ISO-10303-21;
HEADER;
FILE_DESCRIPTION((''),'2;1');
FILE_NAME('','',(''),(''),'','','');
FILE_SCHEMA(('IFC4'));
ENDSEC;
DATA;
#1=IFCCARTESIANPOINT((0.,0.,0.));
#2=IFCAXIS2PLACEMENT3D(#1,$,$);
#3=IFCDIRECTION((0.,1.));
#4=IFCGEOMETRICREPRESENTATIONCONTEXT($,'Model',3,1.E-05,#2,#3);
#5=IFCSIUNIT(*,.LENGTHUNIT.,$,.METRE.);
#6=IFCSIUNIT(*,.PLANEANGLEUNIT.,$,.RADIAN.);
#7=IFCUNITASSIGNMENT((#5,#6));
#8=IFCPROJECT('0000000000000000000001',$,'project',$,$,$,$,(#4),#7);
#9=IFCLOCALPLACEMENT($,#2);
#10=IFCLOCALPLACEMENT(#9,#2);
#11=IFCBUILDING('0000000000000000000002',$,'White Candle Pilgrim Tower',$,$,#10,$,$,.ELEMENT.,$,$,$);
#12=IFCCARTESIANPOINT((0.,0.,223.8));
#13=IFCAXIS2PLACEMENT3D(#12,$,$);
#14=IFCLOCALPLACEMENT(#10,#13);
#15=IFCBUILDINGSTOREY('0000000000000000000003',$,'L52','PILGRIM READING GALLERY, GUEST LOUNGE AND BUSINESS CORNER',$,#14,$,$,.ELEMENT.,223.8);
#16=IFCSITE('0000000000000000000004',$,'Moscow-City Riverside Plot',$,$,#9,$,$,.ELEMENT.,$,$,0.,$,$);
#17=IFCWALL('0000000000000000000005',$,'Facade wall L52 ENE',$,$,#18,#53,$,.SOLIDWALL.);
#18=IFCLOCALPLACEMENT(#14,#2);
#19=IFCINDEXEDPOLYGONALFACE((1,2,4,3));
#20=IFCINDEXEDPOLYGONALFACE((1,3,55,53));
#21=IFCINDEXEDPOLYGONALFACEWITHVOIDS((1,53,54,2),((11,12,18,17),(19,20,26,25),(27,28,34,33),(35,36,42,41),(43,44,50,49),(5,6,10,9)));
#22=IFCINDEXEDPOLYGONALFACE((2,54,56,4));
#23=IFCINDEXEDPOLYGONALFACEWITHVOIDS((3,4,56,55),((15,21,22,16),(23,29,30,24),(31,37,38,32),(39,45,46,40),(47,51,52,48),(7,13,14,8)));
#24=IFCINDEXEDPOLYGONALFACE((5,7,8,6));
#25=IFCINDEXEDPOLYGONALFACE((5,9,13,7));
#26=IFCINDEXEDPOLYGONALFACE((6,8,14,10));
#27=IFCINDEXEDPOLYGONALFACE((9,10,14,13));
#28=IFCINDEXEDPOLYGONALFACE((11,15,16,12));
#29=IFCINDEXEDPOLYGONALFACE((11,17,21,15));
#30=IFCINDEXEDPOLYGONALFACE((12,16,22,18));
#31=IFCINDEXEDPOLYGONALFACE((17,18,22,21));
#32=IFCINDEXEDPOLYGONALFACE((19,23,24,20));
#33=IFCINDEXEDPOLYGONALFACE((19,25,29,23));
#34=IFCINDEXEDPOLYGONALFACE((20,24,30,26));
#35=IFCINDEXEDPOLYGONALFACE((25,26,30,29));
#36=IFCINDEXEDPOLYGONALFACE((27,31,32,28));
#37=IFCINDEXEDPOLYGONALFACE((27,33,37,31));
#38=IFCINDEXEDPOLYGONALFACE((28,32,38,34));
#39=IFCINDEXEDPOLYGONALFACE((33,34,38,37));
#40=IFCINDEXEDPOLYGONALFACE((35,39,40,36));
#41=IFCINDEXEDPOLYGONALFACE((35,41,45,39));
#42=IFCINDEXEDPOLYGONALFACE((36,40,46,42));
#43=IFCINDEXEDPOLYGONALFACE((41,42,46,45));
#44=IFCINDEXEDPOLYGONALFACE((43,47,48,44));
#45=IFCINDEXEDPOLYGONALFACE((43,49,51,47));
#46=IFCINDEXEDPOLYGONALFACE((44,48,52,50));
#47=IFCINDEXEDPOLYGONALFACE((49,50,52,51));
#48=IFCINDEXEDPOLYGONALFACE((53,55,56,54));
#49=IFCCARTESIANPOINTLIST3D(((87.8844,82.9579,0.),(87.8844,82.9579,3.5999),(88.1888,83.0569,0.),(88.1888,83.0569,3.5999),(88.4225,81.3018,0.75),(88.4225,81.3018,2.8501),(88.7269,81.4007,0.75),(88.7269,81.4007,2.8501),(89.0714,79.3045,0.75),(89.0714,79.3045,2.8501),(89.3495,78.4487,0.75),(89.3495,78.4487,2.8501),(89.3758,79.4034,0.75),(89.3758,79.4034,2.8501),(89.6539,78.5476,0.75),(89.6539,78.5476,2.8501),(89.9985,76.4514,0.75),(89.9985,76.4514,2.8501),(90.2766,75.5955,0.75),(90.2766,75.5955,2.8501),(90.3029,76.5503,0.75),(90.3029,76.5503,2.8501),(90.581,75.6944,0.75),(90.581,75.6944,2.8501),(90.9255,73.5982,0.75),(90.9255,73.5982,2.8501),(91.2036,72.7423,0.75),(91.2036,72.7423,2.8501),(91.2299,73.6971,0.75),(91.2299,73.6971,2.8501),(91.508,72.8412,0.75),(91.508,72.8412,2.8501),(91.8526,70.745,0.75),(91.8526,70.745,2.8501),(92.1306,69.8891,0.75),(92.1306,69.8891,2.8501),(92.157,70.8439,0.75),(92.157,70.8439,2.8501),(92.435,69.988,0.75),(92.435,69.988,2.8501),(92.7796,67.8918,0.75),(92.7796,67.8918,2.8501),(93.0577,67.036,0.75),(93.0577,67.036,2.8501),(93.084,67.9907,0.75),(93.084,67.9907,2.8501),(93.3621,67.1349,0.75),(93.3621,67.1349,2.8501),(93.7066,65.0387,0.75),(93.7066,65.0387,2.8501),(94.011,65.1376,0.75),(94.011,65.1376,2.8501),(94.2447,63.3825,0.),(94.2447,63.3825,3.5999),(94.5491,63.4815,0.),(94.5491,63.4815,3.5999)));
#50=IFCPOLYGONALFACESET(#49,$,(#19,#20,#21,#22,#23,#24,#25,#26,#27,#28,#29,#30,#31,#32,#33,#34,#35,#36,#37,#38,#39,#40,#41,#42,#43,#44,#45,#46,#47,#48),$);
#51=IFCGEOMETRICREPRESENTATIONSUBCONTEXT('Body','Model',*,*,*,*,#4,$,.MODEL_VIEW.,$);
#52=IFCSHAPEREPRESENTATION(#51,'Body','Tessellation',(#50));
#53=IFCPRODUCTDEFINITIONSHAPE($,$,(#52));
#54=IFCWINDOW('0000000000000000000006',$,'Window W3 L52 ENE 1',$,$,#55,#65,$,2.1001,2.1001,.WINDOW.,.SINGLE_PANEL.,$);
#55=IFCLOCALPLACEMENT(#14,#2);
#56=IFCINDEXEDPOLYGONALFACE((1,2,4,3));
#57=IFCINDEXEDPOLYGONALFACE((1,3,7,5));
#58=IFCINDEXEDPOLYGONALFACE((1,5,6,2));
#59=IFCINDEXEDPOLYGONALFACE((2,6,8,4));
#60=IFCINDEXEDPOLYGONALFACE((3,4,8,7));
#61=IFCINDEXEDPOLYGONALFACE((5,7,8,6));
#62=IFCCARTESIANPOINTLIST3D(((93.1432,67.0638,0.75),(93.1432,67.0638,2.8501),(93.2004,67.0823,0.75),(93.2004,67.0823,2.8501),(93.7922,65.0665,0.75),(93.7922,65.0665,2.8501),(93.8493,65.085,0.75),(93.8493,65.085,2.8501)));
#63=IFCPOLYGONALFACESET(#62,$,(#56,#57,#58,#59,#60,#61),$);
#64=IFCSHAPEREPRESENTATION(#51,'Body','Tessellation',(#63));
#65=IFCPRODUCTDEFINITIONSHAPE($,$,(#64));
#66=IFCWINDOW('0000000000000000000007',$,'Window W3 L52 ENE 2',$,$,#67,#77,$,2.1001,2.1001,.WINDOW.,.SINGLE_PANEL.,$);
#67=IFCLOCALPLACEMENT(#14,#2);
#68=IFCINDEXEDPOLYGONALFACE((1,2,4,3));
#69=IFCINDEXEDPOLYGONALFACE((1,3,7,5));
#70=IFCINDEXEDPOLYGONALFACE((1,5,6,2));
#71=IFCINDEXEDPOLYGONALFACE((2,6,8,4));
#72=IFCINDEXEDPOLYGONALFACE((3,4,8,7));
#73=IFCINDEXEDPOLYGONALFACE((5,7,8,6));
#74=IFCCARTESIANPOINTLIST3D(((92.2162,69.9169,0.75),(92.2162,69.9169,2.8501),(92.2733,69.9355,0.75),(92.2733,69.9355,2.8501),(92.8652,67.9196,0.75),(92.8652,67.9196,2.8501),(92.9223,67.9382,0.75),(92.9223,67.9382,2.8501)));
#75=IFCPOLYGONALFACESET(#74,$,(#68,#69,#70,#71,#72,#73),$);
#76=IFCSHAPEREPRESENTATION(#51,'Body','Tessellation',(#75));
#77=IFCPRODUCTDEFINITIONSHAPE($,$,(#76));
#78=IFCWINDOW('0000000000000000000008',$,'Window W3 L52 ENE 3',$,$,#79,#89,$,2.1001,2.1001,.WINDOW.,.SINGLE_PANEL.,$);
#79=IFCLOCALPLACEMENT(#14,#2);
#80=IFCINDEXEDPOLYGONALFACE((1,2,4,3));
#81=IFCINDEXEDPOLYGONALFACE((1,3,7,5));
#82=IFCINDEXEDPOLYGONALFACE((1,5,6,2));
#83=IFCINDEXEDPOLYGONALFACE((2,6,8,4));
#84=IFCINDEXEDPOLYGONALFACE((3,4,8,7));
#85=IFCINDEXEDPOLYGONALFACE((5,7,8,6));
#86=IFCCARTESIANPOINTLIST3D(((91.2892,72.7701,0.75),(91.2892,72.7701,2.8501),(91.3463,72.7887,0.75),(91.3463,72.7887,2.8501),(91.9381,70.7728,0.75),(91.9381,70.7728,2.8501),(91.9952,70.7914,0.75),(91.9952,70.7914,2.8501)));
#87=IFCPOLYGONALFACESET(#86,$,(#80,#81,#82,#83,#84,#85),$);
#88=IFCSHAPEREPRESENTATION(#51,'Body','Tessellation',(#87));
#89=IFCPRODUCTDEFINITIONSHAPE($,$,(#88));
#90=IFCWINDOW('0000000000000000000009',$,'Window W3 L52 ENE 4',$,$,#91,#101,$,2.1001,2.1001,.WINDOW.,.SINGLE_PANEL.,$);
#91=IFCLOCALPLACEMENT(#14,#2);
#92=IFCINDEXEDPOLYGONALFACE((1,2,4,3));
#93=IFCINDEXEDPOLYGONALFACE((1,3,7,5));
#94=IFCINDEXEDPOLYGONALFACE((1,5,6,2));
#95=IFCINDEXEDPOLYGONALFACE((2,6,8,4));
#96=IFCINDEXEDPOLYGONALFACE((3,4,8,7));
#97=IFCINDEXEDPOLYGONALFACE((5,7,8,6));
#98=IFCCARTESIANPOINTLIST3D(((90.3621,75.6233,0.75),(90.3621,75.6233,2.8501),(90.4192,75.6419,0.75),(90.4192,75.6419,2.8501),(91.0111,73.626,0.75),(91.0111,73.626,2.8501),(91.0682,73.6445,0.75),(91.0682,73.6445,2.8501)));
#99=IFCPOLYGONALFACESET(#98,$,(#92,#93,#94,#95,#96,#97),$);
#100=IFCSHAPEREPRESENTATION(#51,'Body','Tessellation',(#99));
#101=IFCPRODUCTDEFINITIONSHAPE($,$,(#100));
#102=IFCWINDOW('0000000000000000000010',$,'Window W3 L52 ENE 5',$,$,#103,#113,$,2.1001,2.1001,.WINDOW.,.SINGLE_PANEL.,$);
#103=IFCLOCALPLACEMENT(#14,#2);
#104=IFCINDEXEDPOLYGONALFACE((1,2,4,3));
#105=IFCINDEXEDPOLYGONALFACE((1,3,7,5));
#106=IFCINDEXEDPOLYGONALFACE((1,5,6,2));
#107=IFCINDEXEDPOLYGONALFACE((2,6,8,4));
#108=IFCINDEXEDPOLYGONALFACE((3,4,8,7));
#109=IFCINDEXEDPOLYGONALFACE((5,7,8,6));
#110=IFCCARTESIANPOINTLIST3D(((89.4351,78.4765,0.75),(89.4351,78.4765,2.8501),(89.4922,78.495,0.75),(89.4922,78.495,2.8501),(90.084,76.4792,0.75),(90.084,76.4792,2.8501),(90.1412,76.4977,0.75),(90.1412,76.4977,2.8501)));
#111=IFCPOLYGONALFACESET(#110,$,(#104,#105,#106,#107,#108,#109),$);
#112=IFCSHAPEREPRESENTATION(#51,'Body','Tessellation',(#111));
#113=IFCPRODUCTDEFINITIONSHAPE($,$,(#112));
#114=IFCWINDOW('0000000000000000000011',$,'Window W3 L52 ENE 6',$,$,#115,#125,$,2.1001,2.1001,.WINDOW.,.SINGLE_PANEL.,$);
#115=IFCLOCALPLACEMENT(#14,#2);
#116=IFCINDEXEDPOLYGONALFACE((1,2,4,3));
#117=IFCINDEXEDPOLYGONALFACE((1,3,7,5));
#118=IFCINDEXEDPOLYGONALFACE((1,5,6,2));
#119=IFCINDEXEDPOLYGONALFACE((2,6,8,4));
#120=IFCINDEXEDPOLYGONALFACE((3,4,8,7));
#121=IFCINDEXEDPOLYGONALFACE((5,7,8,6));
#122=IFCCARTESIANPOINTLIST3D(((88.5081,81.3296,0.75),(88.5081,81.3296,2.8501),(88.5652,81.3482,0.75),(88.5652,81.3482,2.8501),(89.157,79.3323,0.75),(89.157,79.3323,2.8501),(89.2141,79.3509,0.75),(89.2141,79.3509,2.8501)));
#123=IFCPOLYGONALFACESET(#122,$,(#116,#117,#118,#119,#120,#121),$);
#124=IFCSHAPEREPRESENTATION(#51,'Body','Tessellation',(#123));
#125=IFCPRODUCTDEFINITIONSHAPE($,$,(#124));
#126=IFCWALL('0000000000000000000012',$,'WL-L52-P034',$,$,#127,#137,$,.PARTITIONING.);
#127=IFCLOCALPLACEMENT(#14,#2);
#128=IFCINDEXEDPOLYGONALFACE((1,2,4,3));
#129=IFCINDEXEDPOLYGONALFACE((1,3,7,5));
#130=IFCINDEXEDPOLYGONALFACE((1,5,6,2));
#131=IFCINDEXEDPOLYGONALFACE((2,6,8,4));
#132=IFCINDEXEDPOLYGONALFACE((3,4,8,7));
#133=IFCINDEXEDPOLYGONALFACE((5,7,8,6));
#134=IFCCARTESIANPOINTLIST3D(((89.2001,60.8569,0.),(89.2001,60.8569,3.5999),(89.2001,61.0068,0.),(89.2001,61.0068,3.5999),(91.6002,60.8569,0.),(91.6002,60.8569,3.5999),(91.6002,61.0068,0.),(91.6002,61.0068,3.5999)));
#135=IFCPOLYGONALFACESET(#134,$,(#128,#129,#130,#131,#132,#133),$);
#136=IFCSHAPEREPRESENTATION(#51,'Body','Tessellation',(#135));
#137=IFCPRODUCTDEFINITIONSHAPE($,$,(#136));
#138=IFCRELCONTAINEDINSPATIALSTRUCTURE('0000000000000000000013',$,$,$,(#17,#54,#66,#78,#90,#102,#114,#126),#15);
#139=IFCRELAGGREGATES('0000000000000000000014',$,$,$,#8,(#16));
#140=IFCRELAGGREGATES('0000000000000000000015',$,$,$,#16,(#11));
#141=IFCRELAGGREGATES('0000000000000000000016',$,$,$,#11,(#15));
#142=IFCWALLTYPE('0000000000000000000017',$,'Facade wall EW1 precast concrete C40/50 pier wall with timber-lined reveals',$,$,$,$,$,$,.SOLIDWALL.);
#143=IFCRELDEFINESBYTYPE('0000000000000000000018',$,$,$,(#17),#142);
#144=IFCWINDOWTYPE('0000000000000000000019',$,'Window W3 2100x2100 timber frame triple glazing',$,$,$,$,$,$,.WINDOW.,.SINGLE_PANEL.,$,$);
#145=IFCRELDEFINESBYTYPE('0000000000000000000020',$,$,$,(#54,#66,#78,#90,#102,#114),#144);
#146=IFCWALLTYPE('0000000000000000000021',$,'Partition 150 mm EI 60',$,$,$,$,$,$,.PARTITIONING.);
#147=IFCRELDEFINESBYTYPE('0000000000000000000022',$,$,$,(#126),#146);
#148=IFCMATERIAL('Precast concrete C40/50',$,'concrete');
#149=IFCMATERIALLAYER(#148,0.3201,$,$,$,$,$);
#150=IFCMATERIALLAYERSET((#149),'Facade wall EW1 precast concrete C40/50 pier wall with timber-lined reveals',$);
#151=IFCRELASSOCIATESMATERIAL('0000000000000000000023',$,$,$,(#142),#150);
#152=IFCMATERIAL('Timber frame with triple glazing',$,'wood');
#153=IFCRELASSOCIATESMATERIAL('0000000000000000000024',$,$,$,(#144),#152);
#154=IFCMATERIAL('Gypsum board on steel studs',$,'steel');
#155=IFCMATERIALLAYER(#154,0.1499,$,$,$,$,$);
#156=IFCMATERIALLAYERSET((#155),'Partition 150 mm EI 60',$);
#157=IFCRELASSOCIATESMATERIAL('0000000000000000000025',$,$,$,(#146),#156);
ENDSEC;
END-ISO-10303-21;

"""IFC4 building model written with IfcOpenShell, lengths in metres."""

from ifc_helpers import new_model, si_unit, direction, frame, frame_2d, origin, place, context, subcontext, project, spatial, rectangle, extrude, material, layer, layer_set, type_object, element, fill, save


model = new_model("IFC4")

# Units and contexts
model_context = context("Model", 3, precision=1e-05, world=origin(), true_north=direction((0.0, 1.0)))
body_context = subcontext(model_context, "Body", "Model", "MODEL_VIEW")
ifc_project = project(units=[si_unit("LENGTHUNIT", "METRE"), si_unit("PLANEANGLEUNIT", "RADIAN")], contexts=[model_context])

# Site, building, storey
site_placement = place(None, origin())
site = spatial("IfcSite", under=ifc_project, at=site_placement, Name="Moscow-City Riverside Plot", CompositionType="ELEMENT", RefElevation=0.0)
building_placement = place(site_placement, origin())
building = spatial("IfcBuilding", under=site, at=building_placement, Name="White Candle Pilgrim Tower", CompositionType="ELEMENT")
storey_placement = place(building_placement, frame((0.0, 0.0, 223.8)))
storey = spatial("IfcBuildingStorey", under=building, at=storey_placement, Name="L52", Description="PILGRIM READING GALLERY, GUEST LOUNGE AND BUSINESS CORNER", CompositionType="ELEMENT", Elevation=223.8)

# Shared definitions
ifc_material_1 = material(Name="Gypsum board on steel studs", Category="steel")

# Wall, openings, windows
ifc_material_2 = material(Name="Precast concrete C40/50", Category="concrete")
ifc_layer_1 = layer(ifc_material_2, 0.3201)
ifc_layer_set_1 = layer_set([ifc_layer_1], Name="Facade wall EW1 precast concrete C40/50 pier wall with timber-lined reveals")
wall_type_1 = type_object("IfcWallType", Name="Facade wall EW1 precast concrete C40/50 pier wall with timber-lined reveals", PredefinedType="SOLIDWALL", material=ifc_layer_set_1)
wall_1_placement = place(storey_placement, frame((94.397, 63.4319, 0.0), z_axis=(0.0, 0.0, 1.0), x_axis=(-0.309013, 0.951058, 0.0)))
wall_1 = element("IfcWall", 1, at=wall_1_placement, inside=storey, type_object=wall_type_1, Name="Facade wall L52 ENE", PredefinedType="SOLIDWALL", context=body_context, shape_type="SweptSolid", body=[
    extrude(rectangle(XDim=20.5828, YDim=0.3201, at=frame_2d((10.2915, 0.0))), origin(), (0.0, 0.0, 1.0), 3.5999),
])
opening_1_placement = place(wall_1_placement, frame((1.7415, 0.0, 0.75)))
opening_1 = element("IfcOpeningElement", 2, at=opening_1_placement, cuts=wall_1, PredefinedType="OPENING", context=body_context, shape_type="SweptSolid", body=[
    extrude(rectangle(XDim=2.1001, YDim=2.1001, at=frame_2d((1.05, 1.05))), frame((0.0, 0.1699, 0.0), z_axis=(0.0, -1.0, 0.0), x_axis=(1.0, 0.0, 0.0)), (0.0, 0.0, 1.0), 0.3401),
])
opening_2_placement = place(wall_1_placement, frame((4.7415, 0.0, 0.75)))
opening_2 = element("IfcOpeningElement", 3, at=opening_2_placement, cuts=wall_1, PredefinedType="OPENING", context=body_context, shape_type="SweptSolid", body=[
    extrude(rectangle(XDim=2.1001, YDim=2.1001, at=frame_2d((1.05, 1.05))), frame((0.0, 0.1699, 0.0), z_axis=(0.0, -1.0, 0.0), x_axis=(1.0, 0.0, 0.0)), (0.0, 0.0, 1.0), 0.3401),
])
opening_3_placement = place(wall_1_placement, frame((7.7415, 0.0, 0.75)))
opening_3 = element("IfcOpeningElement", 4, at=opening_3_placement, cuts=wall_1, PredefinedType="OPENING", context=body_context, shape_type="SweptSolid", body=[
    extrude(rectangle(XDim=2.1001, YDim=2.1001, at=frame_2d((1.05, 1.05))), frame((0.0, 0.1699, 0.0), z_axis=(0.0, -1.0, 0.0), x_axis=(1.0, 0.0, 0.0)), (0.0, 0.0, 1.0), 0.3401),
])
opening_4_placement = place(wall_1_placement, frame((10.7415, 0.0, 0.75)))
opening_4 = element("IfcOpeningElement", 5, at=opening_4_placement, cuts=wall_1, PredefinedType="OPENING", context=body_context, shape_type="SweptSolid", body=[
    extrude(rectangle(XDim=2.1001, YDim=2.1001, at=frame_2d((1.05, 1.05))), frame((0.0, 0.1699, 0.0), z_axis=(0.0, -1.0, 0.0), x_axis=(1.0, 0.0, 0.0)), (0.0, 0.0, 1.0), 0.3401),
])
opening_5_placement = place(wall_1_placement, frame((13.7415, 0.0, 0.75)))
opening_5 = element("IfcOpeningElement", 6, at=opening_5_placement, cuts=wall_1, PredefinedType="OPENING", context=body_context, shape_type="SweptSolid", body=[
    extrude(rectangle(XDim=2.1001, YDim=2.1001, at=frame_2d((1.05, 1.05))), frame((0.0, 0.1699, 0.0), z_axis=(0.0, -1.0, 0.0), x_axis=(1.0, 0.0, 0.0)), (0.0, 0.0, 1.0), 0.3401),
])
opening_6_placement = place(wall_1_placement, frame((16.7415, 0.0, 0.75)))
opening_6 = element("IfcOpeningElement", 7, at=opening_6_placement, cuts=wall_1, PredefinedType="OPENING", context=body_context, shape_type="SweptSolid", body=[
    extrude(rectangle(XDim=2.1001, YDim=2.1001, at=frame_2d((1.05, 1.05))), frame((0.0, 0.1699, 0.0), z_axis=(0.0, -1.0, 0.0), x_axis=(1.0, 0.0, 0.0)), (0.0, 0.0, 1.0), 0.3401),
])
ifc_material_3 = material(Name="Timber frame with triple glazing", Category="wood")
window_type = type_object("IfcWindowType", Name="Window W3 2100x2100 timber frame triple glazing", PartitioningType="SINGLE_PANEL", PredefinedType="WINDOW", material=ifc_material_3)
window_1_placement = place(opening_1_placement, origin())
window_1 = element("IfcWindow", 8, at=window_1_placement, inside=storey, type_object=window_type, Name="Window W3 L52 ENE 1", OverallHeight=2.1001, OverallWidth=2.1001, PartitioningType="SINGLE_PANEL", PredefinedType="WINDOW", context=body_context, shape_type="SweptSolid", body=[
    extrude(rectangle(XDim=2.1001, YDim=2.1001, at=frame_2d((1.05, 1.05))), frame((0.0, 0.0701, 0.0), z_axis=(0.0, -1.0, 0.0), x_axis=(1.0, 0.0, 0.0)), (0.0, 0.0, 1.0), 0.0601),
])
fill(opening_1, window_1)
window_2_placement = place(opening_2_placement, origin())
window_2 = element("IfcWindow", 9, at=window_2_placement, inside=storey, type_object=window_type, Name="Window W3 L52 ENE 2", OverallHeight=2.1001, OverallWidth=2.1001, PartitioningType="SINGLE_PANEL", PredefinedType="WINDOW", context=body_context, shape_type="SweptSolid", body=[
    extrude(rectangle(XDim=2.1001, YDim=2.1001, at=frame_2d((1.05, 1.05))), frame((0.0, 0.0701, 0.0), z_axis=(0.0, -1.0, 0.0), x_axis=(1.0, 0.0, 0.0)), (0.0, 0.0, 1.0), 0.0601),
])
fill(opening_2, window_2)
window_3_placement = place(opening_3_placement, origin())
window_3 = element("IfcWindow", 10, at=window_3_placement, inside=storey, type_object=window_type, Name="Window W3 L52 ENE 3", OverallHeight=2.1001, OverallWidth=2.1001, PartitioningType="SINGLE_PANEL", PredefinedType="WINDOW", context=body_context, shape_type="SweptSolid", body=[
    extrude(rectangle(XDim=2.1001, YDim=2.1001, at=frame_2d((1.05, 1.05))), frame((0.0, 0.0701, 0.0), z_axis=(0.0, -1.0, 0.0), x_axis=(1.0, 0.0, 0.0)), (0.0, 0.0, 1.0), 0.0601),
])
fill(opening_3, window_3)
window_4_placement = place(opening_4_placement, origin())
window_4 = element("IfcWindow", 11, at=window_4_placement, inside=storey, type_object=window_type, Name="Window W3 L52 ENE 4", OverallHeight=2.1001, OverallWidth=2.1001, PartitioningType="SINGLE_PANEL", PredefinedType="WINDOW", context=body_context, shape_type="SweptSolid", body=[
    extrude(rectangle(XDim=2.1001, YDim=2.1001, at=frame_2d((1.05, 1.05))), frame((0.0, 0.0701, 0.0), z_axis=(0.0, -1.0, 0.0), x_axis=(1.0, 0.0, 0.0)), (0.0, 0.0, 1.0), 0.0601),
])
fill(opening_4, window_4)
window_5_placement = place(opening_5_placement, origin())
window_5 = element("IfcWindow", 12, at=window_5_placement, inside=storey, type_object=window_type, Name="Window W3 L52 ENE 5", OverallHeight=2.1001, OverallWidth=2.1001, PartitioningType="SINGLE_PANEL", PredefinedType="WINDOW", context=body_context, shape_type="SweptSolid", body=[
    extrude(rectangle(XDim=2.1001, YDim=2.1001, at=frame_2d((1.05, 1.05))), frame((0.0, 0.0701, 0.0), z_axis=(0.0, -1.0, 0.0), x_axis=(1.0, 0.0, 0.0)), (0.0, 0.0, 1.0), 0.0601),
])
fill(opening_5, window_5)
window_6_placement = place(opening_6_placement, origin())
window_6 = element("IfcWindow", 13, at=window_6_placement, inside=storey, type_object=window_type, Name="Window W3 L52 ENE 6", OverallHeight=2.1001, OverallWidth=2.1001, PartitioningType="SINGLE_PANEL", PredefinedType="WINDOW", context=body_context, shape_type="SweptSolid", body=[
    extrude(rectangle(XDim=2.1001, YDim=2.1001, at=frame_2d((1.05, 1.05))), frame((0.0, 0.0701, 0.0), z_axis=(0.0, -1.0, 0.0), x_axis=(1.0, 0.0, 0.0)), (0.0, 0.0, 1.0), 0.0601),
])
fill(opening_6, window_6)

# Wall
ifc_layer_2 = layer(ifc_material_1, 0.1499)
ifc_layer_set_2 = layer_set([ifc_layer_2], Name="Partition 150 mm EI 60")
wall_type_2 = type_object("IfcWallType", Name="Partition 150 mm EI 60", PredefinedType="PARTITIONING", material=ifc_layer_set_2)
wall_2_placement = place(storey_placement, frame((89.2, 60.9319, 0.0), z_axis=(0.0, 0.0, 1.0), x_axis=(1.0, 0.0, 0.0)))
element("IfcWall", 14, at=wall_2_placement, inside=storey, type_object=wall_type_2, Name="WL-L52-P034", PredefinedType="PARTITIONING", context=body_context, shape_type="SweptSolid", body=[
    extrude(rectangle(XDim=2.4001, YDim=0.1499, at=frame_2d((1.2002, 0.0))), origin(), (0.0, 0.0, 1.0), 3.5999),
])

save(model, "model.ifc")
